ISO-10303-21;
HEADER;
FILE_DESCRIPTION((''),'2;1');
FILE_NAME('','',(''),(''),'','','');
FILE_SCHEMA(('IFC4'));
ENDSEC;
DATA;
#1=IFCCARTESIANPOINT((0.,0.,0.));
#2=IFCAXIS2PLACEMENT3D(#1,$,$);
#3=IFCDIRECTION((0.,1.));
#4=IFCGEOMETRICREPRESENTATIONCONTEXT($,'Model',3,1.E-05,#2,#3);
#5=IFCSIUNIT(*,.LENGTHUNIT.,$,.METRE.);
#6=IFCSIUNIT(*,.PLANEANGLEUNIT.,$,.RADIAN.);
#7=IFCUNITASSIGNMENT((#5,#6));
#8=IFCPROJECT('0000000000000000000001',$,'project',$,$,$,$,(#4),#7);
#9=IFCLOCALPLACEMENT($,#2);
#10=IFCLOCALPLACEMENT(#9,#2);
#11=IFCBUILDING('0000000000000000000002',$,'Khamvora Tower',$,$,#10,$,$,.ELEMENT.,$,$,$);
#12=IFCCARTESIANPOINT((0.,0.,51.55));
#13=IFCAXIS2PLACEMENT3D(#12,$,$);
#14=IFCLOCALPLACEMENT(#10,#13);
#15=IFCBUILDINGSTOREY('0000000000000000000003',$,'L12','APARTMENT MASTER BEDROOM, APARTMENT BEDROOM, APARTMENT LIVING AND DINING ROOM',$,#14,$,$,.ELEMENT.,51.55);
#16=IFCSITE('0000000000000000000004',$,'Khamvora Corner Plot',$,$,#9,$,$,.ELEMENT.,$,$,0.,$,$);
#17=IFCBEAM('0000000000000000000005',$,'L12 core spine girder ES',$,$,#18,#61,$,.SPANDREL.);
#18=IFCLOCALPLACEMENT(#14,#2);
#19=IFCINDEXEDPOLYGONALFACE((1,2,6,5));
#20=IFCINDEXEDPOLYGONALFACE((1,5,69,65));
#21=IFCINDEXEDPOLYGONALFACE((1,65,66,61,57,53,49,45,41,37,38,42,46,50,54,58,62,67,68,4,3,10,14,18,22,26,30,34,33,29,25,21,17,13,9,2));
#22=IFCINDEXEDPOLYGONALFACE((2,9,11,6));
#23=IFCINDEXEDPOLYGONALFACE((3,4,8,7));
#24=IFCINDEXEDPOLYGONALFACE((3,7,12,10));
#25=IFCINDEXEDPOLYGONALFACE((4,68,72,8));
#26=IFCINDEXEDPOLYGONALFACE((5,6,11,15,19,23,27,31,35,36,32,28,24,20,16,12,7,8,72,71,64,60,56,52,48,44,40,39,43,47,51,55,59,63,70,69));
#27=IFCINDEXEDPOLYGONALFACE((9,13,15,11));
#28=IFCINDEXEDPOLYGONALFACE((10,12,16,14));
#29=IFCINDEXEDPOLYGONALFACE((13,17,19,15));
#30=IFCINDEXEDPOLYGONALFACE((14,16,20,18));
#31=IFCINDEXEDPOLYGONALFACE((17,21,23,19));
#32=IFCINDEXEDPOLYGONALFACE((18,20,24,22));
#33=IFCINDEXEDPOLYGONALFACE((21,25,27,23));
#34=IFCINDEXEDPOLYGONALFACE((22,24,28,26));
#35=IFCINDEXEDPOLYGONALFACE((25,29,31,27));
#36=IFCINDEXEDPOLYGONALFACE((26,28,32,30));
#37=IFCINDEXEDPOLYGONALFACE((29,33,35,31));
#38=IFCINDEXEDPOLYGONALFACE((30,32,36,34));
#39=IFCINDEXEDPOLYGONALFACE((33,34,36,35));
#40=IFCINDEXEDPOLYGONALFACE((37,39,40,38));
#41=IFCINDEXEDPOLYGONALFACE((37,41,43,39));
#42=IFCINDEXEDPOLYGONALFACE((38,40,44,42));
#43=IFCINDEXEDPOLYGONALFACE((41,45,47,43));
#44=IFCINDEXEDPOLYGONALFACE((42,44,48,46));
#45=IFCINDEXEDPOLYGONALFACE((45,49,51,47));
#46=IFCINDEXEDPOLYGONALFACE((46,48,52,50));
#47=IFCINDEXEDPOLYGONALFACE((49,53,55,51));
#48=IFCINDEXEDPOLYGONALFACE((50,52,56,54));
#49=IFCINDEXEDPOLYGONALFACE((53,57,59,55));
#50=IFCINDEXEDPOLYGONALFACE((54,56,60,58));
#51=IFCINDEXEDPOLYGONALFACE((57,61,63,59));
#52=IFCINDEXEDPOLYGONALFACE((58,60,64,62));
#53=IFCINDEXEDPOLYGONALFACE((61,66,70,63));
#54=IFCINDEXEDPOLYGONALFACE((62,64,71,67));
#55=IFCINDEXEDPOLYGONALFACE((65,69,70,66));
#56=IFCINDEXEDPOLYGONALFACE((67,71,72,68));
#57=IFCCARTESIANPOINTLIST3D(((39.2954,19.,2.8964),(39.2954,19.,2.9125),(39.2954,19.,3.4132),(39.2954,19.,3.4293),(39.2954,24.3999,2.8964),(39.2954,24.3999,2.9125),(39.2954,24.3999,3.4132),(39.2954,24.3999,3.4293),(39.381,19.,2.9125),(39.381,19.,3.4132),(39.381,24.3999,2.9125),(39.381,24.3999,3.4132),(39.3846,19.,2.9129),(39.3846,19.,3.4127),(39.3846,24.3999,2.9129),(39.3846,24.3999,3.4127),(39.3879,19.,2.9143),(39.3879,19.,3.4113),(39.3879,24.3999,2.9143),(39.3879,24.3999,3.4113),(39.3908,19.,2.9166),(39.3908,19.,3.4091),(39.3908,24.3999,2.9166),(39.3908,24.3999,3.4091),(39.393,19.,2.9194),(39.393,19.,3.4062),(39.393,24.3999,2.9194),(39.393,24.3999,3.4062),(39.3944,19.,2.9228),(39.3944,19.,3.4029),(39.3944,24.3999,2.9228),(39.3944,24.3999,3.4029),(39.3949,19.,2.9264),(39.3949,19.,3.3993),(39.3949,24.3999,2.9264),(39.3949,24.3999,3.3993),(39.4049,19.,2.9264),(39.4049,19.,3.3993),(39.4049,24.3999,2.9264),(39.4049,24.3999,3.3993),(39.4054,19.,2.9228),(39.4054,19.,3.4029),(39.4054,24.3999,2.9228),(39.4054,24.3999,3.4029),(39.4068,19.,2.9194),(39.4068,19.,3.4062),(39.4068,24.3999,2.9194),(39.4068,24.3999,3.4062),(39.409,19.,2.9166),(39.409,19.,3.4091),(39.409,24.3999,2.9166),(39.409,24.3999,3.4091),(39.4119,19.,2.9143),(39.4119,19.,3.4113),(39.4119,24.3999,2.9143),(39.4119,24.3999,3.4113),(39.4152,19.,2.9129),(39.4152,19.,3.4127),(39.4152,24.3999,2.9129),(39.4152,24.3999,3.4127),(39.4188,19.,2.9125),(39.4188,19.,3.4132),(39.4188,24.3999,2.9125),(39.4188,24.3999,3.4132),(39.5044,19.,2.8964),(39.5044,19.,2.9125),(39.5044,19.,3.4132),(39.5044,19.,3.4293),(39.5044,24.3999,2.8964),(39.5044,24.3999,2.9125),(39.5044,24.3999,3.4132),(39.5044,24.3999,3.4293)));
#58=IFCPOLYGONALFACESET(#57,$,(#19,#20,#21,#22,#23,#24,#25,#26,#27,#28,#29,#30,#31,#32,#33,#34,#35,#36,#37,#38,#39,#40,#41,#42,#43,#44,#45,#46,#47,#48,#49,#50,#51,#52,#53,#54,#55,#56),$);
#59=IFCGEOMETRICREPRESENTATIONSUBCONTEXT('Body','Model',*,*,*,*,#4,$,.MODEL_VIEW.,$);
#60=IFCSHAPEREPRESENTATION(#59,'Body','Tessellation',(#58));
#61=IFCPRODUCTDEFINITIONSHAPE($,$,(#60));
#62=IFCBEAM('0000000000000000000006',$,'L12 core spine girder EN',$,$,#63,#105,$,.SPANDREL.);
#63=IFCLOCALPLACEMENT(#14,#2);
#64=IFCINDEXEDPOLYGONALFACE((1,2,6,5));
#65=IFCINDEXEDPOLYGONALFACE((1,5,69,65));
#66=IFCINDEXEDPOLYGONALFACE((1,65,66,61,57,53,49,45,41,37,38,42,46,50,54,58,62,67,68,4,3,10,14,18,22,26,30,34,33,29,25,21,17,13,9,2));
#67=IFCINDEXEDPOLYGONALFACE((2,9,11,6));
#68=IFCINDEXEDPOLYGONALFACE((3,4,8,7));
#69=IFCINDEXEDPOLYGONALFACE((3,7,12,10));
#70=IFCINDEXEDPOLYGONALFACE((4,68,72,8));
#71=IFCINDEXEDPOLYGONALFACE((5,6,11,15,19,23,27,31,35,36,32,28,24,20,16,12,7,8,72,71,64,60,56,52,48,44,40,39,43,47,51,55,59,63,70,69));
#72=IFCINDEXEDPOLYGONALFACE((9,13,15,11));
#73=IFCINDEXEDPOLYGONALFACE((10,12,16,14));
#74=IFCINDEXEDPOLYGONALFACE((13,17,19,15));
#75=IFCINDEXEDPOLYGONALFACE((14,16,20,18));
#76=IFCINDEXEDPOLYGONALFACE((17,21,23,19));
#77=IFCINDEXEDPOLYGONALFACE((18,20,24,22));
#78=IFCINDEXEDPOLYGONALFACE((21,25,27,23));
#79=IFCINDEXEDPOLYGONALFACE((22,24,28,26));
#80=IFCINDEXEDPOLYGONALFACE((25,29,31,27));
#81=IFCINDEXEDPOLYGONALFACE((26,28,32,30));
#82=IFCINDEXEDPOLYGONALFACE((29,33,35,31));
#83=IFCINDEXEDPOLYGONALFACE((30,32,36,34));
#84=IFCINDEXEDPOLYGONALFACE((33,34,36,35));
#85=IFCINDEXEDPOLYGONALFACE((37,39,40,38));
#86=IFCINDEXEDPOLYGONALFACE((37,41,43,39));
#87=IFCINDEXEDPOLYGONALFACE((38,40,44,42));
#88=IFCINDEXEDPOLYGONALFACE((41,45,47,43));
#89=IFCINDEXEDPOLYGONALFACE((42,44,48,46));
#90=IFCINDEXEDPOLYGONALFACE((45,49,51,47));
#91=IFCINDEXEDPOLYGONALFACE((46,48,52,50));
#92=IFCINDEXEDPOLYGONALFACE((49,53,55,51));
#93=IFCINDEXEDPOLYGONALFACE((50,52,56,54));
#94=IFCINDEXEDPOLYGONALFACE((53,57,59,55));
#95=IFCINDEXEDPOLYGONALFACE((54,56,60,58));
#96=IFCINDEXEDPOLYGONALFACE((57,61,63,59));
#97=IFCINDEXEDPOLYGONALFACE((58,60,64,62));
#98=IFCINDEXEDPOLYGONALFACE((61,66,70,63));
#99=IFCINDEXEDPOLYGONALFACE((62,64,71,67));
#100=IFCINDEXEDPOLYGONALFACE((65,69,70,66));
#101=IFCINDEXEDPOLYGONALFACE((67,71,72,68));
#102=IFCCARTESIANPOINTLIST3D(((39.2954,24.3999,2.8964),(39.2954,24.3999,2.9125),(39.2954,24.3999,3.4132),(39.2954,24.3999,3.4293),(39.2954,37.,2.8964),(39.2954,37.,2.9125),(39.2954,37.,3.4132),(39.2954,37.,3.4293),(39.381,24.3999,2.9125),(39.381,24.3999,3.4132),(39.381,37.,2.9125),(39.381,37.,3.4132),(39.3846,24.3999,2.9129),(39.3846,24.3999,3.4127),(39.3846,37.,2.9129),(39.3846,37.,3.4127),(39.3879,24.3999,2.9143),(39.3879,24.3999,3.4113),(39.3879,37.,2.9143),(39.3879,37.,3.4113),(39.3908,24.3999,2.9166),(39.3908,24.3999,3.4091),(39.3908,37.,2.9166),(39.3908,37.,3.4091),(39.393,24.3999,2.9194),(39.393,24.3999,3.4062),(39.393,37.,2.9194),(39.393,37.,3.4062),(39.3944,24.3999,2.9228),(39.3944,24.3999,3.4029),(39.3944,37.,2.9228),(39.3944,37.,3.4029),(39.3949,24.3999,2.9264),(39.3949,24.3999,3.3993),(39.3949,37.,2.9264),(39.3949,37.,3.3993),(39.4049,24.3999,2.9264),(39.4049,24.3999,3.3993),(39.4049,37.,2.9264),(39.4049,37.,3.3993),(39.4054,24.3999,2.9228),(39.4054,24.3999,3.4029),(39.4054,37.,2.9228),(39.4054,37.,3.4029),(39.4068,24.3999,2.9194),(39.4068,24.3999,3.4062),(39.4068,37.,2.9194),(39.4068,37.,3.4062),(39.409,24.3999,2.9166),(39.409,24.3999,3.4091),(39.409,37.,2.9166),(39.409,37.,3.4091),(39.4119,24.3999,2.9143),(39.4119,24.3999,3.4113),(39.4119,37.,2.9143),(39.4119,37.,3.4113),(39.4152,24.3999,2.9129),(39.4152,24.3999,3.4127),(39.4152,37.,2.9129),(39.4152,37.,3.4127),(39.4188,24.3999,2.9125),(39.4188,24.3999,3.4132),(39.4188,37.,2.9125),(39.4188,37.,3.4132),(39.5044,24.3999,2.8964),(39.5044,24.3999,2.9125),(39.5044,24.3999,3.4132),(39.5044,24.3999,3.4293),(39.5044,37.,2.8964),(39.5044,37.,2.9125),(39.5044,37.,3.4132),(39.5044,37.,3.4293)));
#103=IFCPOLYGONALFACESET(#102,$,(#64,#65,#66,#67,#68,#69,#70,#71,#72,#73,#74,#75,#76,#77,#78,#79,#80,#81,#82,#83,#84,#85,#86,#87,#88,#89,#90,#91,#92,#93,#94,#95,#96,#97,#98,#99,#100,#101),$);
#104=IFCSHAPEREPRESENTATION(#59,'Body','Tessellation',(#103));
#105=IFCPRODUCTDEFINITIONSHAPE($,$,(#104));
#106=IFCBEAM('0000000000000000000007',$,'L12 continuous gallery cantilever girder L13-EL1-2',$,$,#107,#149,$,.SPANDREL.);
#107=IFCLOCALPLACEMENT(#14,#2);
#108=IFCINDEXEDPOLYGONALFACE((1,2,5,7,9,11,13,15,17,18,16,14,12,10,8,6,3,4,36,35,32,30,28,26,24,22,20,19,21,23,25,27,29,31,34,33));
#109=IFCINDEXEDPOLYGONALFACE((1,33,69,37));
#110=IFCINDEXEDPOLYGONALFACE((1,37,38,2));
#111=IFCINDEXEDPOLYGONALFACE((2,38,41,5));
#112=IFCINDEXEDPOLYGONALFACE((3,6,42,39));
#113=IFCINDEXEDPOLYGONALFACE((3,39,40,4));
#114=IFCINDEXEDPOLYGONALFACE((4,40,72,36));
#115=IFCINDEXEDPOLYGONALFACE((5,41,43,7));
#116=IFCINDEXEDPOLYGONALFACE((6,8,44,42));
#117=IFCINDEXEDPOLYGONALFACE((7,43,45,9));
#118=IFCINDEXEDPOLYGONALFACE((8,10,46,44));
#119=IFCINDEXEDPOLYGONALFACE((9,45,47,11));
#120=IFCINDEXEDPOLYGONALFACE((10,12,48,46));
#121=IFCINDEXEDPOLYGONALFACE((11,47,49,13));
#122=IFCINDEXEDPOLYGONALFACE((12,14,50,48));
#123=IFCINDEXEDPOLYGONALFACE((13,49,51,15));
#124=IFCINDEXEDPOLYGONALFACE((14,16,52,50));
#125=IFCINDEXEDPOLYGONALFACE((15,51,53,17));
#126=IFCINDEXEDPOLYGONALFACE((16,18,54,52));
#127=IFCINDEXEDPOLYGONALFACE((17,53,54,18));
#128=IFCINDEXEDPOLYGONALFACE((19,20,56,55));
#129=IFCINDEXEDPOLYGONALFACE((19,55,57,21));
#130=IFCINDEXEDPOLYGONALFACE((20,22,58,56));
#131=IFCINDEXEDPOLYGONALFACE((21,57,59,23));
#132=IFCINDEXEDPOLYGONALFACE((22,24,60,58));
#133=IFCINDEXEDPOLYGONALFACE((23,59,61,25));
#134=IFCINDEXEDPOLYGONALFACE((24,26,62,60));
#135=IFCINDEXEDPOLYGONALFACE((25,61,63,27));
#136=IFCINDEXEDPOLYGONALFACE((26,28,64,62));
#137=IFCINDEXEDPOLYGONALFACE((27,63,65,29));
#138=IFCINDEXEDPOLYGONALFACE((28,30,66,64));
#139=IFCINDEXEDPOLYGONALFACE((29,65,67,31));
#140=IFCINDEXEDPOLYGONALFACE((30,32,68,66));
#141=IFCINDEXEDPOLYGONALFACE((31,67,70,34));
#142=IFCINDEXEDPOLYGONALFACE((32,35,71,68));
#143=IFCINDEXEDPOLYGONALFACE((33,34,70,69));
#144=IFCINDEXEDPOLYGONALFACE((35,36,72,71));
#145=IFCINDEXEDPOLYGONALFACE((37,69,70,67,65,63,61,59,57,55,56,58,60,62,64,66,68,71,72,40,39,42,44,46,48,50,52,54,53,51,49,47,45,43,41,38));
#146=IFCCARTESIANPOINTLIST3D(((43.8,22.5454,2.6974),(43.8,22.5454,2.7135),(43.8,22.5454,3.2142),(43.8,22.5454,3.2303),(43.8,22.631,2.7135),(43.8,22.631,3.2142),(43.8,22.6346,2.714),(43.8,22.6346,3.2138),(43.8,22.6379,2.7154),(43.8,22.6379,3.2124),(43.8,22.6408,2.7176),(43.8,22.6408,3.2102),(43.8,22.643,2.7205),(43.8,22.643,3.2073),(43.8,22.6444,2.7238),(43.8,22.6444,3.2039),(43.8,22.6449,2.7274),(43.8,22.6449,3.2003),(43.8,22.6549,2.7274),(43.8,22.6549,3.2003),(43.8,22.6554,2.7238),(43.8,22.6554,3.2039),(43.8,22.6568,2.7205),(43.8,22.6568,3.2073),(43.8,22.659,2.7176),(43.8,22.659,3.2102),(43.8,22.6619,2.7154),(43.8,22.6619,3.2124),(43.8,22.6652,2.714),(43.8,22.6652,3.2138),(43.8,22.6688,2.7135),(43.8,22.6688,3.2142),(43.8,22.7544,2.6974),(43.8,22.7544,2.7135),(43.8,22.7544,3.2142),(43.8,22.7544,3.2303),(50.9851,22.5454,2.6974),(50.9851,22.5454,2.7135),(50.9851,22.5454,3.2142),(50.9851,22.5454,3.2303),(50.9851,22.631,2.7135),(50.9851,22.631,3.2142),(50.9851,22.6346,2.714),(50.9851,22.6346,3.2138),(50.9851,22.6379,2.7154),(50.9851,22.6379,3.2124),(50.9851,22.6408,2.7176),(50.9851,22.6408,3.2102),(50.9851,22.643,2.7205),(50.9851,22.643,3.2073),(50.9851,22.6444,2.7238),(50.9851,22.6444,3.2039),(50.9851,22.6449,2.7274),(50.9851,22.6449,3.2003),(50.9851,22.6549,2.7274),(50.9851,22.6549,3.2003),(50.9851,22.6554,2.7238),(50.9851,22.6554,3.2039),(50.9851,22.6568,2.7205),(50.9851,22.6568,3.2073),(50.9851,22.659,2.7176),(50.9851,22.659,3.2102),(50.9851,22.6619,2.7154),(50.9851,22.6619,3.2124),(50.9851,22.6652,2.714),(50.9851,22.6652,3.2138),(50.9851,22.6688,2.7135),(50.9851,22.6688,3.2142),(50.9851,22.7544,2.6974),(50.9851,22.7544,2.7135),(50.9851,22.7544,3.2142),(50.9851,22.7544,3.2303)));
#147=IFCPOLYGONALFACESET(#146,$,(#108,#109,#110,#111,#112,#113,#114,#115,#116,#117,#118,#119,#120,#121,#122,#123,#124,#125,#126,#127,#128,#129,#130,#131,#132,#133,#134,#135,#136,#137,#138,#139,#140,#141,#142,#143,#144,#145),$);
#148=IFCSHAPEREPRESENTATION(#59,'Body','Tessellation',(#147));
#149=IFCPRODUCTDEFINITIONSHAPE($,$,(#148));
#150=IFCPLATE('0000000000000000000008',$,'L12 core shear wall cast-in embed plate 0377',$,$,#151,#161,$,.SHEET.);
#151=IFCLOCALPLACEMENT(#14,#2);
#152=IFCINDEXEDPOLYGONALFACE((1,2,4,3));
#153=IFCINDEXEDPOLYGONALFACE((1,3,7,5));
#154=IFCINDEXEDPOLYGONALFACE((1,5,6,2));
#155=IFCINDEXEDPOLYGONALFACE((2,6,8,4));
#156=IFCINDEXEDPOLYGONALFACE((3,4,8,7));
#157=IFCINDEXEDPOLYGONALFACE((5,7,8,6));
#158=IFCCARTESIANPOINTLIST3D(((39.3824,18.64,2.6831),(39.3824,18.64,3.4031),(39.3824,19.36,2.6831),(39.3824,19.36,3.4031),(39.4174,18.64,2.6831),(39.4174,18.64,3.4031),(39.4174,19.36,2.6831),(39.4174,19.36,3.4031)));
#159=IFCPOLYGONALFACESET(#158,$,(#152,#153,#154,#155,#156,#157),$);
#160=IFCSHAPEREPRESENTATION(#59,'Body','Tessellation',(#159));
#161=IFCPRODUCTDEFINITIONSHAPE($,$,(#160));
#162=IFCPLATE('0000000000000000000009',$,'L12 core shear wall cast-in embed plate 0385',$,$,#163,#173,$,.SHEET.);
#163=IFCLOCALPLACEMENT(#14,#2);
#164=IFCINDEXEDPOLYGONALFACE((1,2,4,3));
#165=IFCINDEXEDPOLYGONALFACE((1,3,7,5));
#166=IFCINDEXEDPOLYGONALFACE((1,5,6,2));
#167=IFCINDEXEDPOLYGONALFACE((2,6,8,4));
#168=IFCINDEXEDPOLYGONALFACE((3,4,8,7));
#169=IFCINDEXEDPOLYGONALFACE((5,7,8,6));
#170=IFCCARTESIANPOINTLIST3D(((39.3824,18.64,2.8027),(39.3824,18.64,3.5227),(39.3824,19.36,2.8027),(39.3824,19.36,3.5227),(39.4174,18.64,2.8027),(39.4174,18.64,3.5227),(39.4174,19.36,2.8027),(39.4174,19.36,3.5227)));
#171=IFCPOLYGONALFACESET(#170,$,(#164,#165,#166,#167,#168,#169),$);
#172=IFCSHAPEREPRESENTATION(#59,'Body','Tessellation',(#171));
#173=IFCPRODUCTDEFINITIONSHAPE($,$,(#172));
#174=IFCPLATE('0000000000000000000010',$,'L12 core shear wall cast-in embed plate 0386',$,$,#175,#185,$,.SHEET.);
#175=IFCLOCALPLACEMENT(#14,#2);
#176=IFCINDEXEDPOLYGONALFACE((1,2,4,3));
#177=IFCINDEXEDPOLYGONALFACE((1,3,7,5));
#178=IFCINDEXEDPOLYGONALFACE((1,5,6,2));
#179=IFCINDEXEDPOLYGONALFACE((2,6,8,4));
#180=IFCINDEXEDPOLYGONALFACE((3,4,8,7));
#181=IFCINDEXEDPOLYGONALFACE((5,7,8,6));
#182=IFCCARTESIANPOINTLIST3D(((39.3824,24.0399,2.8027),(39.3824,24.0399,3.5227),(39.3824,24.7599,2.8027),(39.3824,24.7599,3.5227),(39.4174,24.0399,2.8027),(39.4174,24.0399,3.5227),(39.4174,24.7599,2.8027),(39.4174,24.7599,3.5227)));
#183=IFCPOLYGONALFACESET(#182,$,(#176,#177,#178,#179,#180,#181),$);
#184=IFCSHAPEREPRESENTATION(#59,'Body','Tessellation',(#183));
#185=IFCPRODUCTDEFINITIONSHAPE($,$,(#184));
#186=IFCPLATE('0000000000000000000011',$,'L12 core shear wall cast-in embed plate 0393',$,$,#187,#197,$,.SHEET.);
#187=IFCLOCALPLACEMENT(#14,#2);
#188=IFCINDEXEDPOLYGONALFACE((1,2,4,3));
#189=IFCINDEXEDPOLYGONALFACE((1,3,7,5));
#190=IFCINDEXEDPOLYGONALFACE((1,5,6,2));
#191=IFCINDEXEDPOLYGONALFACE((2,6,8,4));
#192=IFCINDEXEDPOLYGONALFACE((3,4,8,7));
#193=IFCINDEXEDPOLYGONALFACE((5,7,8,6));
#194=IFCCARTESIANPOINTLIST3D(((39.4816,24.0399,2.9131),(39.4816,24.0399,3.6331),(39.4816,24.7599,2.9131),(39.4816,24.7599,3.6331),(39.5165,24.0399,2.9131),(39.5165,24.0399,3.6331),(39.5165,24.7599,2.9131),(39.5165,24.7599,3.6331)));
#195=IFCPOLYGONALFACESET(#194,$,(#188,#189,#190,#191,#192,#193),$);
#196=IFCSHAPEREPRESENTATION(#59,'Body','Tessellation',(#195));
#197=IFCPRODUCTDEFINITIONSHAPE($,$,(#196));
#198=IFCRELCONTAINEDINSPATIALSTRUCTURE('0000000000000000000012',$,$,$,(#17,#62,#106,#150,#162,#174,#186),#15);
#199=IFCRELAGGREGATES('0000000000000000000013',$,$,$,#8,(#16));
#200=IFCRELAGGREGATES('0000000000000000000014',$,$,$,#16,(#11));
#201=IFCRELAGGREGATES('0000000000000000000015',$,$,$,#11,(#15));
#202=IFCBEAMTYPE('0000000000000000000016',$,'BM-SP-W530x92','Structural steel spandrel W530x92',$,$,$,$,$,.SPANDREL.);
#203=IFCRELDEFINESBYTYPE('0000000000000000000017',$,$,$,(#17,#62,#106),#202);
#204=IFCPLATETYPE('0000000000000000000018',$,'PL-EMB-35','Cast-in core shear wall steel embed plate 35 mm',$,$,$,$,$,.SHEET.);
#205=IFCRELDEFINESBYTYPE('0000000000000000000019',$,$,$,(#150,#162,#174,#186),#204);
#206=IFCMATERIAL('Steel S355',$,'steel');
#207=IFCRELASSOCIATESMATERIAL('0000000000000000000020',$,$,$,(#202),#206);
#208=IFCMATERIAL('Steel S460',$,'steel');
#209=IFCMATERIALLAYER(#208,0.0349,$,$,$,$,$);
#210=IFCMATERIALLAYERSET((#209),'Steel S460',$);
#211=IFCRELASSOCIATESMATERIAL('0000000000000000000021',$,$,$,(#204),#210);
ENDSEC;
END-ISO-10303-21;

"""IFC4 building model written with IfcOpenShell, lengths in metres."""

from ifc_helpers import new_model, si_unit, direction, frame, origin, origin_2d, place, context, subcontext, project, spatial, rectangle, i_section, extrude, material, layer, layer_set, material_profile, profile_set, type_object, element, save


model = new_model("IFC4")

# Units and contexts
model_context = context("Model", 3, precision=1e-05, world=origin(), true_north=direction((0.0, 1.0)))
body_context = subcontext(model_context, "Body", "Model", "MODEL_VIEW")
ifc_project = project(units=[si_unit("LENGTHUNIT", "METRE"), si_unit("PLANEANGLEUNIT", "RADIAN")], contexts=[model_context])

# Site, building, storey
site_placement = place(None, origin())
site = spatial("IfcSite", under=ifc_project, at=site_placement, Name="Khamvora Corner Plot", CompositionType="ELEMENT", RefElevation=0.0)
building_placement = place(site_placement, origin())
building = spatial("IfcBuilding", under=site, at=building_placement, Name="Khamvora Tower", CompositionType="ELEMENT")
storey_placement = place(building_placement, frame((0.0, 0.0, 51.55)))
storey = spatial("IfcBuildingStorey", under=building, at=storey_placement, Name="L12", Description="APARTMENT MASTER BEDROOM, APARTMENT BEDROOM, APARTMENT LIVING AND DINING ROOM", CompositionType="ELEMENT", Elevation=51.55)

# Shared definitions
ifc_material_1 = material(Name="Steel S460", Category="steel")

# Beams
ifc_material_2 = material(Name="Steel S355", Category="steel")
ifc_material_profile_1 = material_profile(ifc_material_2, i_section(OverallWidth=0.209, OverallDepth=0.533, WebThickness=0.01, FlangeThickness=0.0161, FilletRadius=0.0139, at=origin_2d()), Name="W530x92")
ifc_profile_set_1 = profile_set([ifc_material_profile_1], Name="Steel S355")
beam_type_1 = type_object("IfcBeamType", Name="BM-SP-W530x92", Description="Structural steel spandrel W530x92", PredefinedType="SPANDREL", material=ifc_profile_set_1)
beam_1_placement = place(storey_placement, frame((39.3999, 19.0, 3.1628), z_axis=(0.0, 1.0, 0.0), x_axis=(-1.0, 0.0, 0.0)))
element("IfcBeam", 1, at=beam_1_placement, inside=storey, type_object=beam_type_1, Name="L12 core spine girder ES", PredefinedType="SPANDREL", context=body_context, shape_type="SweptSolid", body=[
    extrude(i_section(OverallWidth=0.209, OverallDepth=0.533, WebThickness=0.01, FlangeThickness=0.0161, FilletRadius=0.0139, at=origin_2d()), origin(), (0.0, 0.0, 1.0), 5.3999),
])
beam_2_placement = place(storey_placement, frame((39.3999, 24.3999, 3.1628), z_axis=(0.0, 1.0, 0.0), x_axis=(-1.0, 0.0, 0.0)))
element("IfcBeam", 2, at=beam_2_placement, inside=storey, type_object=beam_type_1, Name="L12 core spine girder EN", PredefinedType="SPANDREL", context=body_context, shape_type="SweptSolid", body=[
    extrude(i_section(OverallWidth=0.209, OverallDepth=0.533, WebThickness=0.01, FlangeThickness=0.0161, FilletRadius=0.0139, at=origin_2d()), origin(), (0.0, 0.0, 1.0), 12.6001),
])
beam_3_placement = place(storey_placement, frame((43.8, 22.6499, 2.9639), z_axis=(1.0, 0.0, 0.0), x_axis=(0.0, 1.0, 0.0)))
element("IfcBeam", 3, at=beam_3_placement, inside=storey, type_object=beam_type_1, Name="L12 continuous gallery cantilever girder L13-EL1-2", PredefinedType="SPANDREL", context=body_context, shape_type="SweptSolid", body=[
    extrude(i_section(OverallWidth=0.209, OverallDepth=0.533, WebThickness=0.01, FlangeThickness=0.0161, FilletRadius=0.0139, at=origin_2d()), origin(), (0.0, 0.0, 1.0), 7.1851),
])

# Plates
ifc_layer_1 = layer(ifc_material_1, 0.0349)
ifc_layer_set_1 = layer_set([ifc_layer_1], Name="Steel S460")
plate_type = type_object("IfcPlateType", Name="PL-EMB-35", Description="Cast-in core shear wall steel embed plate 35 mm", PredefinedType="SHEET", material=ifc_layer_set_1)
for number, where, z_axis, x_axis, name in (
    (4, (39.3999, 19.0, 2.6831), (0.0, 0.0, 1.0), (1.0, 0.0, 0.0), "L12 core shear wall cast-in embed plate 0377"),
    (5, (39.3999, 19.0, 2.8027), (0.0, 0.0, 1.0), (1.0, 0.0, 0.0), "L12 core shear wall cast-in embed plate 0385"),
    (6, (39.3999, 24.3999, 2.8027), (0.0, 0.0, 1.0), (1.0, 0.0, 0.0), "L12 core shear wall cast-in embed plate 0386"),
    (7, (39.499, 24.3999, 2.9131), (0.0, 0.0, 1.0), (1.0, 0.0, 0.0), "L12 core shear wall cast-in embed plate 0393"),
):
    element("IfcPlate", number, at=place(storey_placement, frame(where, z_axis=z_axis, x_axis=x_axis)), inside=storey, type_object=plate_type, Name=name, PredefinedType="SHEET", context=body_context, shape_type="SweptSolid", body=[
        extrude(rectangle(XDim=0.0349, YDim=0.72, at=origin_2d()), origin(), (0.0, 0.0, 1.0), 0.72),
    ])

save(model, "model.ifc")
